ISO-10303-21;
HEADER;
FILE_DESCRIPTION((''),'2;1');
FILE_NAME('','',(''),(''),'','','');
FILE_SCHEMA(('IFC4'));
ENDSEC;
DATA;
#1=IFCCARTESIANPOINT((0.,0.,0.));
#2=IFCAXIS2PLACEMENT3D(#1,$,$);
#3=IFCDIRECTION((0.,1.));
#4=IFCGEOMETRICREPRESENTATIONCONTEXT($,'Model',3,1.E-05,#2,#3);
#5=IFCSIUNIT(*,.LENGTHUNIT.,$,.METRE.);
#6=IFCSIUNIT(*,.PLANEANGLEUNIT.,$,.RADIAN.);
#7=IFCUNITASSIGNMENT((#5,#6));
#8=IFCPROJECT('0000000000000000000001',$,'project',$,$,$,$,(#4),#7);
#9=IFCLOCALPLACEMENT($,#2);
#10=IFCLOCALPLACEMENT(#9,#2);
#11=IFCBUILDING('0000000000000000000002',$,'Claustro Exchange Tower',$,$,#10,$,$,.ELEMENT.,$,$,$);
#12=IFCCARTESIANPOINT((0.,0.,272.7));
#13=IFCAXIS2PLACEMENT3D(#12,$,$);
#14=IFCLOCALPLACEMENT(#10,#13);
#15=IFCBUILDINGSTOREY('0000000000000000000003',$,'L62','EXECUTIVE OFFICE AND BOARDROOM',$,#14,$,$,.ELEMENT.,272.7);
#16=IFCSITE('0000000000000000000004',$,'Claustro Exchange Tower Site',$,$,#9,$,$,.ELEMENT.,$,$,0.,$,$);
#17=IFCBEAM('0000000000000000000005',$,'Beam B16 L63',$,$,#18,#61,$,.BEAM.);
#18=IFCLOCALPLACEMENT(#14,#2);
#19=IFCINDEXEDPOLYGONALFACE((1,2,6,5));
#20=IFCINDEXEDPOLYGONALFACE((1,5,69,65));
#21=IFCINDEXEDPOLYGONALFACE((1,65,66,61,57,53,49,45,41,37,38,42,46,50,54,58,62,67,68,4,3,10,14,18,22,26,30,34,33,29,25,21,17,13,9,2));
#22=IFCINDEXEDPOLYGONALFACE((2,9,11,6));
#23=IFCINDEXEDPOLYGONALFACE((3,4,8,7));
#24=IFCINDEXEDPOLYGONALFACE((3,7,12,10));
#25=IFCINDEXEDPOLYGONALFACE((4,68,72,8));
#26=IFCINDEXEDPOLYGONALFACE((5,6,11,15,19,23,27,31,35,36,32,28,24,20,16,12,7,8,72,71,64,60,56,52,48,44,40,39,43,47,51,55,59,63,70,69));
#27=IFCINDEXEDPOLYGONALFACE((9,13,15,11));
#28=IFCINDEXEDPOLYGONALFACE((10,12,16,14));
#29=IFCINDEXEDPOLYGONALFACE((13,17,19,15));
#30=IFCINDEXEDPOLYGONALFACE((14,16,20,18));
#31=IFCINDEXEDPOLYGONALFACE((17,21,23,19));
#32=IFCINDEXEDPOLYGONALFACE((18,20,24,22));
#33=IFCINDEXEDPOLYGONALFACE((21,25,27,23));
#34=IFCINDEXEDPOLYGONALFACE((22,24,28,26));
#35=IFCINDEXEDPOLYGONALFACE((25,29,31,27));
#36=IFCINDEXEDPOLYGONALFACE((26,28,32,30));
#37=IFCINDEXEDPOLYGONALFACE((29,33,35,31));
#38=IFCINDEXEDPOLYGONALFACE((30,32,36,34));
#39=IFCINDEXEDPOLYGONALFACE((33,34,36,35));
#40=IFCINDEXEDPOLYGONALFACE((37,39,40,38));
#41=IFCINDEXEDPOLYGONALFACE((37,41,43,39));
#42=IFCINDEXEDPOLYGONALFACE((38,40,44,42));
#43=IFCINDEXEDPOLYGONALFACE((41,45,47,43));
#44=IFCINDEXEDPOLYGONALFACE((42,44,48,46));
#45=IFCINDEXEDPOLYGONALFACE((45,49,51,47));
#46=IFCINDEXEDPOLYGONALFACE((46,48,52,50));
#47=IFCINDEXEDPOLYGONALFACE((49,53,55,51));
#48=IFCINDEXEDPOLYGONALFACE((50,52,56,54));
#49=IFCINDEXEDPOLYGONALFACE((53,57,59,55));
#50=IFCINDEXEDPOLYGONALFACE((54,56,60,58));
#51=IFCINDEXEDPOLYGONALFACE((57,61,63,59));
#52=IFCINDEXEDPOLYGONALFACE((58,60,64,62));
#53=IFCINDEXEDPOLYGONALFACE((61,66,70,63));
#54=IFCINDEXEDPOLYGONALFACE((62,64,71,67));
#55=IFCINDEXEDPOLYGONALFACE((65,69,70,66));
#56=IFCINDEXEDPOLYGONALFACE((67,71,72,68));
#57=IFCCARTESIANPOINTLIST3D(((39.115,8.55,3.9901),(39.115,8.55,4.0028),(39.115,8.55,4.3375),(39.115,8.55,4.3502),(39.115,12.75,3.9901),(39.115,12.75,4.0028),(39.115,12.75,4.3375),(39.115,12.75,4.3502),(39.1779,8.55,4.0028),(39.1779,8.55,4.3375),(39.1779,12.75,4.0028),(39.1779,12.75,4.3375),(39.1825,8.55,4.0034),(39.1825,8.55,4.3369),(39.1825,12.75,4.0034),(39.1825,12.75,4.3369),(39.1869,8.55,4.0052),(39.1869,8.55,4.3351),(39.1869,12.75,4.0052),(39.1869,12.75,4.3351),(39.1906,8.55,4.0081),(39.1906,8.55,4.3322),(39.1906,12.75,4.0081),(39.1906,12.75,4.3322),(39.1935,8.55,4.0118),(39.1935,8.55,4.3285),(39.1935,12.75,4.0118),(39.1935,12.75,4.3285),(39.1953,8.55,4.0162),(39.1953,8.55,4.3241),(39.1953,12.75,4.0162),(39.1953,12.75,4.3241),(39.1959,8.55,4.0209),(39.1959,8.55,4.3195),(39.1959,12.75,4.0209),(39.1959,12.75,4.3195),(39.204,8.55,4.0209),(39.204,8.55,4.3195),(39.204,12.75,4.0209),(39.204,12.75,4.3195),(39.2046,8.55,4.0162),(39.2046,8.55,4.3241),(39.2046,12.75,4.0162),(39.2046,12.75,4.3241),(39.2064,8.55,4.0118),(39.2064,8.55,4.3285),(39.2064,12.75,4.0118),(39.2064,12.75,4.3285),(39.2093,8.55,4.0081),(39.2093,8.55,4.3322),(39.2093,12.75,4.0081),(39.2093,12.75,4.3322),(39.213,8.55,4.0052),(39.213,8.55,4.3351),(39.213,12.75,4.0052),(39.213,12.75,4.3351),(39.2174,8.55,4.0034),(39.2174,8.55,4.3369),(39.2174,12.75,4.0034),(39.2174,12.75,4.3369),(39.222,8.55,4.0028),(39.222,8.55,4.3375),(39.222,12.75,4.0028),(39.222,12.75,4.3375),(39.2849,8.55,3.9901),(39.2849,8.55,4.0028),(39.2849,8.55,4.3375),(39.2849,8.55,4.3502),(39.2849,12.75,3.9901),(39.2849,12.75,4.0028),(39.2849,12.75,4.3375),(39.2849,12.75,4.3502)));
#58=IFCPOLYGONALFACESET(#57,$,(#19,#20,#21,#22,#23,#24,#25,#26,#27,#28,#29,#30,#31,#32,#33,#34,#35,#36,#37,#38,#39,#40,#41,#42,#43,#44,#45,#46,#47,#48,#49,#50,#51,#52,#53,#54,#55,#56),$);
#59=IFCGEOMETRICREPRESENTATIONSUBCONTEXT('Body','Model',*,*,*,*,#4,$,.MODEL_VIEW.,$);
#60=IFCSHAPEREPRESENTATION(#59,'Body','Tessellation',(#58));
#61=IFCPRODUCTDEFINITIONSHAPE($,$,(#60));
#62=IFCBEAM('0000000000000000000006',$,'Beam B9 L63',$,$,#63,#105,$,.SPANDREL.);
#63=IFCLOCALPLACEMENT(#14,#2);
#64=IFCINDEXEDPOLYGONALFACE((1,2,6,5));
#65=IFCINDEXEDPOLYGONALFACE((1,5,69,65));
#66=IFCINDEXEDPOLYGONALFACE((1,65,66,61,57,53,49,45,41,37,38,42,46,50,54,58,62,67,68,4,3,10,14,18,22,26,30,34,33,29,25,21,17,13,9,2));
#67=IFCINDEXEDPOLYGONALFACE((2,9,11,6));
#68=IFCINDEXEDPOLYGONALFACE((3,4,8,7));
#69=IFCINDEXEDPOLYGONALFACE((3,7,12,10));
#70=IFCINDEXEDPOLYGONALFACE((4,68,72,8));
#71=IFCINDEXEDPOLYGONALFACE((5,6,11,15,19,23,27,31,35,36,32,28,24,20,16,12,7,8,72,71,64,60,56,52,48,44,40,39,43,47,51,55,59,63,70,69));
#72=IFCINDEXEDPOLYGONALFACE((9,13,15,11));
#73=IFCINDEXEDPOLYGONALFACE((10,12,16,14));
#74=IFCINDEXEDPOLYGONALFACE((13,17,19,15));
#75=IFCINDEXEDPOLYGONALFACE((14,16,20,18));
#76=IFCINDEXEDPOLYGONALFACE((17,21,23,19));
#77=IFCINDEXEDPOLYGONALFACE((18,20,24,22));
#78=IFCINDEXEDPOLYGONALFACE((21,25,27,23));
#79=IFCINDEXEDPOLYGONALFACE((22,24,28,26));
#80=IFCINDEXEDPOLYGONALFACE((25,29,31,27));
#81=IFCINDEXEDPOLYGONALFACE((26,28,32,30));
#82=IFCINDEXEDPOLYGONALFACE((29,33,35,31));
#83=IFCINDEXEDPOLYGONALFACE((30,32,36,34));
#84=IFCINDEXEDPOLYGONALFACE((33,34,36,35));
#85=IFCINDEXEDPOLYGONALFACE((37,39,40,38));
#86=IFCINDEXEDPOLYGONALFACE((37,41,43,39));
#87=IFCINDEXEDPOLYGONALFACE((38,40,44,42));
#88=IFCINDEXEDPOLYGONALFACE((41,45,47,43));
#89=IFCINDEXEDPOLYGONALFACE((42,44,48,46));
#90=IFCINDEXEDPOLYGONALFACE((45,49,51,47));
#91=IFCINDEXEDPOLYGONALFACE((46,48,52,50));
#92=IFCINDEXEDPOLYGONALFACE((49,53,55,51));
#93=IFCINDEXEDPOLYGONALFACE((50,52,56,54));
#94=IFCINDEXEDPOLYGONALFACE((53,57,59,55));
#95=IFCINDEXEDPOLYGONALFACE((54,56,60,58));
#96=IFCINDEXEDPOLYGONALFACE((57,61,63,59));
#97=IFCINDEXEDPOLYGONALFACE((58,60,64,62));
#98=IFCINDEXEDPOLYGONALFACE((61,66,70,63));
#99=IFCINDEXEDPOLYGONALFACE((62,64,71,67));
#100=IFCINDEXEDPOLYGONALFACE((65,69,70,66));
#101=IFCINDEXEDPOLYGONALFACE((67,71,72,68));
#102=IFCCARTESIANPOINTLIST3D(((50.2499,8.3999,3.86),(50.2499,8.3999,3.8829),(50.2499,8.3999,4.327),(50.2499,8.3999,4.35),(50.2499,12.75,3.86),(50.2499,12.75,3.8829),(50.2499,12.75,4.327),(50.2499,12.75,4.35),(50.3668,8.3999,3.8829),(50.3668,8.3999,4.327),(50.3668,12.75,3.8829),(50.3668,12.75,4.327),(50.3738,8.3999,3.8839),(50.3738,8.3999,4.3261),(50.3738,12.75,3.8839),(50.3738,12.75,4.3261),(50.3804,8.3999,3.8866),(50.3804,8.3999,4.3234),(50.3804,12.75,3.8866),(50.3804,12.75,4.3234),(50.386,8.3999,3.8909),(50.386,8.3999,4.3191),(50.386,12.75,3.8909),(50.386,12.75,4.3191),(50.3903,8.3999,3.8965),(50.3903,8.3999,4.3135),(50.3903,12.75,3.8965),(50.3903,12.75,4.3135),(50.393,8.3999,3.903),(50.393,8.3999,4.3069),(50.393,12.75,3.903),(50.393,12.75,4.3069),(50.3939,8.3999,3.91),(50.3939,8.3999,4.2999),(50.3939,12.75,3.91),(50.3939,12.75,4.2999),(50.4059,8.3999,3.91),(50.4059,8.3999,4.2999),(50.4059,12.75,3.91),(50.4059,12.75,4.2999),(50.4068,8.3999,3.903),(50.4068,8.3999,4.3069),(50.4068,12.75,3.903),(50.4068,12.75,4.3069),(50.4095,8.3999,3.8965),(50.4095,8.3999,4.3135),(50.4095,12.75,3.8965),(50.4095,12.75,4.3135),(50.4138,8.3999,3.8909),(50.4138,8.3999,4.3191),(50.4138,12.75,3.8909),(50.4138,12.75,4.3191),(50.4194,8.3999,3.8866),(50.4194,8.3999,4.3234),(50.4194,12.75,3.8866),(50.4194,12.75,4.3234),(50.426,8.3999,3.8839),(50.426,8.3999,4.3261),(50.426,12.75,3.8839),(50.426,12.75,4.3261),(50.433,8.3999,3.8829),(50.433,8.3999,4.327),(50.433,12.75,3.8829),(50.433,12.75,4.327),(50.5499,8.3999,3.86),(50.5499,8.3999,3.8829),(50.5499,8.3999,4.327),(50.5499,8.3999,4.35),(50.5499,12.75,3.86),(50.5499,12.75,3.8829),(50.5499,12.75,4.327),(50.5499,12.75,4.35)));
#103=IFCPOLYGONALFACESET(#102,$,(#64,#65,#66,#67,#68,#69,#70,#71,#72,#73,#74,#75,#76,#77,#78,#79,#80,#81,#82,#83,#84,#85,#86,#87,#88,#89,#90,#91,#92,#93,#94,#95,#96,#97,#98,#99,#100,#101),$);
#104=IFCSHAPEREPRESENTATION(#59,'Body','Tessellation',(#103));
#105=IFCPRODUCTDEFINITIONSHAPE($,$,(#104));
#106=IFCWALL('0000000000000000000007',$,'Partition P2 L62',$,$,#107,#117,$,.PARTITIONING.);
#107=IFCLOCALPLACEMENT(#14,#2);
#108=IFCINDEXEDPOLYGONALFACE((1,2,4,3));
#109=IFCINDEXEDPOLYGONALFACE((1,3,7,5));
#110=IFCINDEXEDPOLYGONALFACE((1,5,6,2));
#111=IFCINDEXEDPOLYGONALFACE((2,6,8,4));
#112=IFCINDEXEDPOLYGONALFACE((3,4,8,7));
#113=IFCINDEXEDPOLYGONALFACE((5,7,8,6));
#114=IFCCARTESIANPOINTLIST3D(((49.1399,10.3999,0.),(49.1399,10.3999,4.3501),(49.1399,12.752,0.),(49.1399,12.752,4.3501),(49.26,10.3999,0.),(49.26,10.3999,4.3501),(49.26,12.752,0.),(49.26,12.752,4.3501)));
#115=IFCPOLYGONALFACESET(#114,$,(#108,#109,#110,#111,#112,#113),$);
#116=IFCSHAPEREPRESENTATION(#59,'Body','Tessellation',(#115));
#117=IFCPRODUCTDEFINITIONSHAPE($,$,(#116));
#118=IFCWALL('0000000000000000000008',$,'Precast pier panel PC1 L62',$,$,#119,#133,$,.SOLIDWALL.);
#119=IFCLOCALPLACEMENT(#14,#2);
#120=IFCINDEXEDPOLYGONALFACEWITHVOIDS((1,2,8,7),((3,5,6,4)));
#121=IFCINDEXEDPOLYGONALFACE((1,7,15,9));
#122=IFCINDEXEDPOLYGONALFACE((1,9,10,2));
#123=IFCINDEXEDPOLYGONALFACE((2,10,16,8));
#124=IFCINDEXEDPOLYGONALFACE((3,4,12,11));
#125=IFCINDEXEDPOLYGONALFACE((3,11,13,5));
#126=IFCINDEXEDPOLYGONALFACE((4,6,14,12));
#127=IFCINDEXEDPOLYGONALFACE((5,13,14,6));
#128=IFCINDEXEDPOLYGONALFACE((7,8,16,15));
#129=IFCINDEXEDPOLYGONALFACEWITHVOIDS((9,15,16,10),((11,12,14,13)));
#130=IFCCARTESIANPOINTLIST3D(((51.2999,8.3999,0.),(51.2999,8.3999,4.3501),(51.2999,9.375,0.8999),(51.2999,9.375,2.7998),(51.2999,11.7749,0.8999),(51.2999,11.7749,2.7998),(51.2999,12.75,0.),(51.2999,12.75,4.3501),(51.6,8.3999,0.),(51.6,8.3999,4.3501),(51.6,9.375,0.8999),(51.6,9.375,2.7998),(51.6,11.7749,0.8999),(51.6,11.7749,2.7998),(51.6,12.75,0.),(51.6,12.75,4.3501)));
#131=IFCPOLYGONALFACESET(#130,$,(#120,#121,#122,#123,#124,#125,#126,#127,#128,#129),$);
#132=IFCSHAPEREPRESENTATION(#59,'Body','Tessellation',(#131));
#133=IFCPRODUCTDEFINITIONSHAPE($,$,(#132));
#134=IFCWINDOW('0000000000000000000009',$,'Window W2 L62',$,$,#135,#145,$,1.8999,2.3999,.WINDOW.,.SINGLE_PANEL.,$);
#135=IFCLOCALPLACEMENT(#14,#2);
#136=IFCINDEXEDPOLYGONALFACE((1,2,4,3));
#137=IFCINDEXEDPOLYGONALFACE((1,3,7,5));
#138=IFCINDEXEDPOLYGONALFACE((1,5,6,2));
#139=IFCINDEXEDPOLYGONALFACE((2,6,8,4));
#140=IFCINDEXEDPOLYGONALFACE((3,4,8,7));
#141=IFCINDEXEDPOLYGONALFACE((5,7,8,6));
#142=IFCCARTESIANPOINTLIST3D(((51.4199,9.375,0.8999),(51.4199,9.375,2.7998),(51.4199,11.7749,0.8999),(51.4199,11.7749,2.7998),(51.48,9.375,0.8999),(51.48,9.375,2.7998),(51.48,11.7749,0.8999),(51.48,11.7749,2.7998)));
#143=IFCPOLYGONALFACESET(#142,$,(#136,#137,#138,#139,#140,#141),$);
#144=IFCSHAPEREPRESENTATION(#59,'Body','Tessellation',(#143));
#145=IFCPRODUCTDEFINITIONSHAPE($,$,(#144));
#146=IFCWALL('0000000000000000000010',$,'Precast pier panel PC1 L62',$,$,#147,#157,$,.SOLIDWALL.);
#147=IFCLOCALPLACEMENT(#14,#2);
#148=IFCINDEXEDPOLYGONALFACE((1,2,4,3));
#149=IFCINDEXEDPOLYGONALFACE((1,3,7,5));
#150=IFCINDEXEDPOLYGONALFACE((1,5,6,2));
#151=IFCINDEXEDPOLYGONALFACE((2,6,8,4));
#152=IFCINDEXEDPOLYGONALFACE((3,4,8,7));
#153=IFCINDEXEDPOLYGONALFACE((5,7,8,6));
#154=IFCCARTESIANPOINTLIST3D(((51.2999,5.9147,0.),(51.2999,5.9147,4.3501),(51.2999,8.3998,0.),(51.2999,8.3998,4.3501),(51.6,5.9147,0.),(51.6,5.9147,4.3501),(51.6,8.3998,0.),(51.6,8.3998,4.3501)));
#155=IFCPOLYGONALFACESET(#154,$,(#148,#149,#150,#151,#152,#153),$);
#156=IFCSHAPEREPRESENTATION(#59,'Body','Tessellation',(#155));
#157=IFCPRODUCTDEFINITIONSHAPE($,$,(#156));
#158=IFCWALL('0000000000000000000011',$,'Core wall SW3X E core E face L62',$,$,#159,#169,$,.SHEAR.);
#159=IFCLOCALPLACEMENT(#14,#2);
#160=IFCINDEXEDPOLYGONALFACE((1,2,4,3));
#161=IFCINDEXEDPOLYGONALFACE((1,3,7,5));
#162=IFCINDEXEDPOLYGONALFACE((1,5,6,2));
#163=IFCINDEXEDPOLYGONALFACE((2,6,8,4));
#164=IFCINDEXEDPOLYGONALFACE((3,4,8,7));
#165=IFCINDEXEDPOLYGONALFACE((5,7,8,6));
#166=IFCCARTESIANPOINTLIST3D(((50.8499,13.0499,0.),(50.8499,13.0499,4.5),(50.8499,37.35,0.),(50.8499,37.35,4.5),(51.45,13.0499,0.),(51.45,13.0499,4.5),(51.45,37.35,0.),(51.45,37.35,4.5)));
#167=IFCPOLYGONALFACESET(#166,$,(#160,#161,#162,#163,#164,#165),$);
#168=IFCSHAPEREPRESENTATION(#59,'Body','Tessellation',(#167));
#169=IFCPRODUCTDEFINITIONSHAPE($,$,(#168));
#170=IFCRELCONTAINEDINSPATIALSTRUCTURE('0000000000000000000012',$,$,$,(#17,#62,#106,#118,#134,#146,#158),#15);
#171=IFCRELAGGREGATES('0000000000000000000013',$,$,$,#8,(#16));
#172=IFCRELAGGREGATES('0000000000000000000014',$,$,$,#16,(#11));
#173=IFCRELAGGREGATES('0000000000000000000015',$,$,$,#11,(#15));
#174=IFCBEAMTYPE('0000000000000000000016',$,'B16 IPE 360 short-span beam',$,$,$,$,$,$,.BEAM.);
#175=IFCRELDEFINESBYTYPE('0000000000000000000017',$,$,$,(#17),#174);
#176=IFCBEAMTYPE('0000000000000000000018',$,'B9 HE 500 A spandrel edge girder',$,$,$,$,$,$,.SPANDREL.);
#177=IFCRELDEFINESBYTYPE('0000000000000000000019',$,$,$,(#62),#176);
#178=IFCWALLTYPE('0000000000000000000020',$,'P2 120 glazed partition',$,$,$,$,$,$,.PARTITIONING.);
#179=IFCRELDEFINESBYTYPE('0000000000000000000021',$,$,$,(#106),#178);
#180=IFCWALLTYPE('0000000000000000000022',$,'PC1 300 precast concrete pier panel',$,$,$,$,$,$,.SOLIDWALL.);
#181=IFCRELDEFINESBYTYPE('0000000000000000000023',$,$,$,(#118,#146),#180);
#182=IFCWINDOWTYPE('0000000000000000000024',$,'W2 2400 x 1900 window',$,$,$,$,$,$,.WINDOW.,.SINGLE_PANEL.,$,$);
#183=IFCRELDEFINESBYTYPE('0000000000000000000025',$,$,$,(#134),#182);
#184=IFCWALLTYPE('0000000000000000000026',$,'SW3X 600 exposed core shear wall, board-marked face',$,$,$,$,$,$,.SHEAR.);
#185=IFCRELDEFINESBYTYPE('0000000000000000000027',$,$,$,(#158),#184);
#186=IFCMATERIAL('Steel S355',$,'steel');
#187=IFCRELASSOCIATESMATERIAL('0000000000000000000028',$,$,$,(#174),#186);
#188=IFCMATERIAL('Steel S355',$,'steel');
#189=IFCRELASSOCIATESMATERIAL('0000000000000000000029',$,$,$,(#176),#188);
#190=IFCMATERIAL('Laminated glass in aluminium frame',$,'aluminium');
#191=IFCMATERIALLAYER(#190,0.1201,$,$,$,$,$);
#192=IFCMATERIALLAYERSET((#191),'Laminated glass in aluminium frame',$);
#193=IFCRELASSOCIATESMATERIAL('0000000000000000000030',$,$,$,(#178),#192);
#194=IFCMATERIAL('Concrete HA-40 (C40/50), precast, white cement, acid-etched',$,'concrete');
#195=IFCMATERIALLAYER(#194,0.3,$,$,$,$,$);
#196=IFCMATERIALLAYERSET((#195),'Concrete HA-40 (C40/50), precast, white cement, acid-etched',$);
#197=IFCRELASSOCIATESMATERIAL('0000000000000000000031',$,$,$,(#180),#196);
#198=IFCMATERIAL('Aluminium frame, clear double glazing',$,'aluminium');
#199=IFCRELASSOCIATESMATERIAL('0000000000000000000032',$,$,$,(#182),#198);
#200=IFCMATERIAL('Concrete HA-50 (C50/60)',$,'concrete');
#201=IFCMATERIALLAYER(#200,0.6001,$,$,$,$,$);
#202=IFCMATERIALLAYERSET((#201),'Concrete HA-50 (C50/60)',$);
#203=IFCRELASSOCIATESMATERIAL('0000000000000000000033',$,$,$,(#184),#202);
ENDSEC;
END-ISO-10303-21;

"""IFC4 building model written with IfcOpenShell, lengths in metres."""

from ifc_helpers import new_model, si_unit, direction, frame, frame_2d, origin, origin_2d, place, context, subcontext, project, spatial, rectangle, i_section, extrude, material, layer, layer_set, material_profile, profile_set, type_object, element, fill, save


model = new_model("IFC4")

# Units and contexts
model_context = context("Model", 3, precision=1e-05, world=origin(), true_north=direction((0.0, 1.0)))
body_context = subcontext(model_context, "Body", "Model", "MODEL_VIEW")
ifc_project = project(units=[si_unit("LENGTHUNIT", "METRE"), si_unit("PLANEANGLEUNIT", "RADIAN")], contexts=[model_context])

# Site, building, storey
site_placement = place(None, origin())
site = spatial("IfcSite", under=ifc_project, at=site_placement, Name="Claustro Exchange Tower Site", CompositionType="ELEMENT", RefElevation=0.0)
building_placement = place(site_placement, origin())
building = spatial("IfcBuilding", under=site, at=building_placement, Name="Claustro Exchange Tower", CompositionType="ELEMENT")
storey_placement = place(building_placement, frame((0.0, 0.0, 272.7)))
storey = spatial("IfcBuildingStorey", under=building, at=storey_placement, Name="L62", Description="EXECUTIVE OFFICE AND BOARDROOM", CompositionType="ELEMENT", Elevation=272.7)

# Beams
ifc_material_1 = material(Name="Steel S355", Category="steel")
ifc_material_profile_1 = material_profile(ifc_material_1, i_section(OverallWidth=0.1699, OverallDepth=0.3601, WebThickness=0.0081, FlangeThickness=0.0127, FilletRadius=0.0181, at=origin_2d()), Name="IPE 360")
ifc_profile_set_1 = profile_set([ifc_material_profile_1], Name="Steel S355")
beam_type_1 = type_object("IfcBeamType", Name="B16 IPE 360 short-span beam", PredefinedType="BEAM", material=ifc_profile_set_1)
beam_1_placement = place(storey_placement, frame((39.2, 8.55, 4.1702), z_axis=(0.0, 1.0, 0.0), x_axis=(-1.0, 0.0, 0.0)))
element("IfcBeam", 1, at=beam_1_placement, inside=storey, type_object=beam_type_1, Name="Beam B16 L63", PredefinedType="BEAM", context=body_context, shape_type="SweptSolid", body=[
    extrude(i_section(OverallWidth=0.1699, OverallDepth=0.3601, WebThickness=0.0081, FlangeThickness=0.0127, FilletRadius=0.0181, at=origin_2d()), origin(), (0.0, 0.0, 1.0), 4.2),
])
ifc_material_2 = material(Name="Steel S355", Category="steel")
ifc_material_profile_2 = material_profile(ifc_material_2, i_section(OverallWidth=0.3, OverallDepth=0.49, WebThickness=0.012, FlangeThickness=0.0229, FilletRadius=0.0271, at=origin_2d()), Name="HE 500 A")
ifc_profile_set_2 = profile_set([ifc_material_profile_2], Name="Steel S355")
beam_type_2 = type_object("IfcBeamType", Name="B9 HE 500 A spandrel edge girder", PredefinedType="SPANDREL", material=ifc_profile_set_2)
beam_2_placement = place(storey_placement, frame((50.3999, 8.3999, 4.105), z_axis=(0.0, 1.0, 0.0), x_axis=(-1.0, 0.0, 0.0)))
element("IfcBeam", 2, at=beam_2_placement, inside=storey, type_object=beam_type_2, Name="Beam B9 L63", PredefinedType="SPANDREL", context=body_context, shape_type="SweptSolid", body=[
    extrude(i_section(OverallWidth=0.3, OverallDepth=0.49, WebThickness=0.012, FlangeThickness=0.0229, FilletRadius=0.0271, at=origin_2d()), origin(), (0.0, 0.0, 1.0), 4.3501),
])

# Wall
ifc_material_3 = material(Name="Laminated glass in aluminium frame", Category="aluminium")
ifc_layer_1 = layer(ifc_material_3, 0.1201)
ifc_layer_set_1 = layer_set([ifc_layer_1], Name="Laminated glass in aluminium frame")
wall_type_1 = type_object("IfcWallType", Name="P2 120 glazed partition", PredefinedType="PARTITIONING", material=ifc_layer_set_1)
wall_1_placement = place(storey_placement, frame((49.2, 10.3999, 0.0), z_axis=(0.0, 0.0, 1.0), x_axis=(0.0, 1.0, 0.0)))
element("IfcWall", 3, at=wall_1_placement, inside=storey, type_object=wall_type_1, Name="Partition P2 L62", PredefinedType="PARTITIONING", context=body_context, shape_type="SweptSolid", body=[
    extrude(rectangle(XDim=2.3521, YDim=0.1201, at=frame_2d((1.176, 0.0))), origin(), (0.0, 0.0, 1.0), 4.3501),
])

# Wall, opening, window
ifc_material_4 = material(Name="Concrete HA-40 (C40/50), precast, white cement, acid-etched", Category="concrete")
ifc_layer_2 = layer(ifc_material_4, 0.3)
ifc_layer_set_2 = layer_set([ifc_layer_2], Name="Concrete HA-40 (C40/50), precast, white cement, acid-etched")
wall_type_2 = type_object("IfcWallType", Name="PC1 300 precast concrete pier panel", PredefinedType="SOLIDWALL", material=ifc_layer_set_2)
wall_2_placement = place(storey_placement, frame((51.45, 12.75, 0.0), z_axis=(0.0, 0.0, 1.0), x_axis=(0.0, -1.0, 0.0)))
wall_2 = element("IfcWall", 4, at=wall_2_placement, inside=storey, type_object=wall_type_2, Name="Precast pier panel PC1 L62", PredefinedType="SOLIDWALL", context=body_context, shape_type="SweptSolid", body=[
    extrude(rectangle(XDim=4.3501, YDim=0.3, at=frame_2d((2.175, 0.0))), origin(), (0.0, 0.0, 1.0), 4.3501),
])
opening_1_placement = place(wall_2_placement, frame((0.9751, 0.0, 0.8999)))
opening_1 = element("IfcOpeningElement", 5, at=opening_1_placement, cuts=wall_2, PredefinedType="OPENING", context=body_context, shape_type="SweptSolid", body=[
    extrude(rectangle(XDim=2.3999, YDim=1.8999, at=frame_2d((1.2, 0.95))), frame((0.0, 0.1599, 0.0), z_axis=(0.0, -1.0, 0.0), x_axis=(1.0, 0.0, 0.0)), (0.0, 0.0, 1.0), 0.3201),
])
ifc_material_5 = material(Name="Aluminium frame, clear double glazing", Category="aluminium")
window_type = type_object("IfcWindowType", Name="W2 2400 x 1900 window", PartitioningType="SINGLE_PANEL", PredefinedType="WINDOW", material=ifc_material_5)
window_placement = place(opening_1_placement, origin())
window = element("IfcWindow", 6, at=window_placement, inside=storey, type_object=window_type, Name="Window W2 L62", OverallHeight=1.8999, OverallWidth=2.3999, PartitioningType="SINGLE_PANEL", PredefinedType="WINDOW", context=body_context, shape_type="SweptSolid", body=[
    extrude(rectangle(XDim=2.3999, YDim=1.8999, at=frame_2d((1.2, 0.95))), frame((0.0, 0.03, 0.0), z_axis=(0.0, -1.0, 0.0), x_axis=(1.0, 0.0, 0.0)), (0.0, 0.0, 1.0), 0.0601),
])
fill(opening_1, window)

# Walls
wall_3_placement = place(storey_placement, frame((51.45, 8.3999, 0.0), z_axis=(0.0, 0.0, 1.0), x_axis=(0.0, -1.0, 0.0)))
element("IfcWall", 7, at=wall_3_placement, inside=storey, type_object=wall_type_2, Name="Precast pier panel PC1 L62", PredefinedType="SOLIDWALL", context=body_context, shape_type="SweptSolid", body=[
    extrude(rectangle(XDim=2.4851, YDim=0.3, at=frame_2d((1.2427, 0.0))), origin(), (0.0, 0.0, 1.0), 4.3501),
])
ifc_material_6 = material(Name="Concrete HA-50 (C50/60)", Category="concrete")
ifc_layer_3 = layer(ifc_material_6, 0.6001)
ifc_layer_set_3 = layer_set([ifc_layer_3], Name="Concrete HA-50 (C50/60)")
wall_type_3 = type_object("IfcWallType", Name="SW3X 600 exposed core shear wall, board-marked face", PredefinedType="SHEAR", material=ifc_layer_set_3)
wall_4_placement = place(storey_placement, frame((51.1499, 13.05, 0.0), z_axis=(0.0, 0.0, 1.0), x_axis=(0.0, 1.0, 0.0)))
element("IfcWall", 8, at=wall_4_placement, inside=storey, type_object=wall_type_3, Name="Core wall SW3X E core E face L62", PredefinedType="SHEAR", context=body_context, shape_type="SweptSolid", body=[
    extrude(rectangle(XDim=24.3, YDim=0.6001, at=frame_2d((12.1499, 0.0))), origin(), (0.0, 0.0, 1.0), 4.5),
])

save(model, "model.ifc")
